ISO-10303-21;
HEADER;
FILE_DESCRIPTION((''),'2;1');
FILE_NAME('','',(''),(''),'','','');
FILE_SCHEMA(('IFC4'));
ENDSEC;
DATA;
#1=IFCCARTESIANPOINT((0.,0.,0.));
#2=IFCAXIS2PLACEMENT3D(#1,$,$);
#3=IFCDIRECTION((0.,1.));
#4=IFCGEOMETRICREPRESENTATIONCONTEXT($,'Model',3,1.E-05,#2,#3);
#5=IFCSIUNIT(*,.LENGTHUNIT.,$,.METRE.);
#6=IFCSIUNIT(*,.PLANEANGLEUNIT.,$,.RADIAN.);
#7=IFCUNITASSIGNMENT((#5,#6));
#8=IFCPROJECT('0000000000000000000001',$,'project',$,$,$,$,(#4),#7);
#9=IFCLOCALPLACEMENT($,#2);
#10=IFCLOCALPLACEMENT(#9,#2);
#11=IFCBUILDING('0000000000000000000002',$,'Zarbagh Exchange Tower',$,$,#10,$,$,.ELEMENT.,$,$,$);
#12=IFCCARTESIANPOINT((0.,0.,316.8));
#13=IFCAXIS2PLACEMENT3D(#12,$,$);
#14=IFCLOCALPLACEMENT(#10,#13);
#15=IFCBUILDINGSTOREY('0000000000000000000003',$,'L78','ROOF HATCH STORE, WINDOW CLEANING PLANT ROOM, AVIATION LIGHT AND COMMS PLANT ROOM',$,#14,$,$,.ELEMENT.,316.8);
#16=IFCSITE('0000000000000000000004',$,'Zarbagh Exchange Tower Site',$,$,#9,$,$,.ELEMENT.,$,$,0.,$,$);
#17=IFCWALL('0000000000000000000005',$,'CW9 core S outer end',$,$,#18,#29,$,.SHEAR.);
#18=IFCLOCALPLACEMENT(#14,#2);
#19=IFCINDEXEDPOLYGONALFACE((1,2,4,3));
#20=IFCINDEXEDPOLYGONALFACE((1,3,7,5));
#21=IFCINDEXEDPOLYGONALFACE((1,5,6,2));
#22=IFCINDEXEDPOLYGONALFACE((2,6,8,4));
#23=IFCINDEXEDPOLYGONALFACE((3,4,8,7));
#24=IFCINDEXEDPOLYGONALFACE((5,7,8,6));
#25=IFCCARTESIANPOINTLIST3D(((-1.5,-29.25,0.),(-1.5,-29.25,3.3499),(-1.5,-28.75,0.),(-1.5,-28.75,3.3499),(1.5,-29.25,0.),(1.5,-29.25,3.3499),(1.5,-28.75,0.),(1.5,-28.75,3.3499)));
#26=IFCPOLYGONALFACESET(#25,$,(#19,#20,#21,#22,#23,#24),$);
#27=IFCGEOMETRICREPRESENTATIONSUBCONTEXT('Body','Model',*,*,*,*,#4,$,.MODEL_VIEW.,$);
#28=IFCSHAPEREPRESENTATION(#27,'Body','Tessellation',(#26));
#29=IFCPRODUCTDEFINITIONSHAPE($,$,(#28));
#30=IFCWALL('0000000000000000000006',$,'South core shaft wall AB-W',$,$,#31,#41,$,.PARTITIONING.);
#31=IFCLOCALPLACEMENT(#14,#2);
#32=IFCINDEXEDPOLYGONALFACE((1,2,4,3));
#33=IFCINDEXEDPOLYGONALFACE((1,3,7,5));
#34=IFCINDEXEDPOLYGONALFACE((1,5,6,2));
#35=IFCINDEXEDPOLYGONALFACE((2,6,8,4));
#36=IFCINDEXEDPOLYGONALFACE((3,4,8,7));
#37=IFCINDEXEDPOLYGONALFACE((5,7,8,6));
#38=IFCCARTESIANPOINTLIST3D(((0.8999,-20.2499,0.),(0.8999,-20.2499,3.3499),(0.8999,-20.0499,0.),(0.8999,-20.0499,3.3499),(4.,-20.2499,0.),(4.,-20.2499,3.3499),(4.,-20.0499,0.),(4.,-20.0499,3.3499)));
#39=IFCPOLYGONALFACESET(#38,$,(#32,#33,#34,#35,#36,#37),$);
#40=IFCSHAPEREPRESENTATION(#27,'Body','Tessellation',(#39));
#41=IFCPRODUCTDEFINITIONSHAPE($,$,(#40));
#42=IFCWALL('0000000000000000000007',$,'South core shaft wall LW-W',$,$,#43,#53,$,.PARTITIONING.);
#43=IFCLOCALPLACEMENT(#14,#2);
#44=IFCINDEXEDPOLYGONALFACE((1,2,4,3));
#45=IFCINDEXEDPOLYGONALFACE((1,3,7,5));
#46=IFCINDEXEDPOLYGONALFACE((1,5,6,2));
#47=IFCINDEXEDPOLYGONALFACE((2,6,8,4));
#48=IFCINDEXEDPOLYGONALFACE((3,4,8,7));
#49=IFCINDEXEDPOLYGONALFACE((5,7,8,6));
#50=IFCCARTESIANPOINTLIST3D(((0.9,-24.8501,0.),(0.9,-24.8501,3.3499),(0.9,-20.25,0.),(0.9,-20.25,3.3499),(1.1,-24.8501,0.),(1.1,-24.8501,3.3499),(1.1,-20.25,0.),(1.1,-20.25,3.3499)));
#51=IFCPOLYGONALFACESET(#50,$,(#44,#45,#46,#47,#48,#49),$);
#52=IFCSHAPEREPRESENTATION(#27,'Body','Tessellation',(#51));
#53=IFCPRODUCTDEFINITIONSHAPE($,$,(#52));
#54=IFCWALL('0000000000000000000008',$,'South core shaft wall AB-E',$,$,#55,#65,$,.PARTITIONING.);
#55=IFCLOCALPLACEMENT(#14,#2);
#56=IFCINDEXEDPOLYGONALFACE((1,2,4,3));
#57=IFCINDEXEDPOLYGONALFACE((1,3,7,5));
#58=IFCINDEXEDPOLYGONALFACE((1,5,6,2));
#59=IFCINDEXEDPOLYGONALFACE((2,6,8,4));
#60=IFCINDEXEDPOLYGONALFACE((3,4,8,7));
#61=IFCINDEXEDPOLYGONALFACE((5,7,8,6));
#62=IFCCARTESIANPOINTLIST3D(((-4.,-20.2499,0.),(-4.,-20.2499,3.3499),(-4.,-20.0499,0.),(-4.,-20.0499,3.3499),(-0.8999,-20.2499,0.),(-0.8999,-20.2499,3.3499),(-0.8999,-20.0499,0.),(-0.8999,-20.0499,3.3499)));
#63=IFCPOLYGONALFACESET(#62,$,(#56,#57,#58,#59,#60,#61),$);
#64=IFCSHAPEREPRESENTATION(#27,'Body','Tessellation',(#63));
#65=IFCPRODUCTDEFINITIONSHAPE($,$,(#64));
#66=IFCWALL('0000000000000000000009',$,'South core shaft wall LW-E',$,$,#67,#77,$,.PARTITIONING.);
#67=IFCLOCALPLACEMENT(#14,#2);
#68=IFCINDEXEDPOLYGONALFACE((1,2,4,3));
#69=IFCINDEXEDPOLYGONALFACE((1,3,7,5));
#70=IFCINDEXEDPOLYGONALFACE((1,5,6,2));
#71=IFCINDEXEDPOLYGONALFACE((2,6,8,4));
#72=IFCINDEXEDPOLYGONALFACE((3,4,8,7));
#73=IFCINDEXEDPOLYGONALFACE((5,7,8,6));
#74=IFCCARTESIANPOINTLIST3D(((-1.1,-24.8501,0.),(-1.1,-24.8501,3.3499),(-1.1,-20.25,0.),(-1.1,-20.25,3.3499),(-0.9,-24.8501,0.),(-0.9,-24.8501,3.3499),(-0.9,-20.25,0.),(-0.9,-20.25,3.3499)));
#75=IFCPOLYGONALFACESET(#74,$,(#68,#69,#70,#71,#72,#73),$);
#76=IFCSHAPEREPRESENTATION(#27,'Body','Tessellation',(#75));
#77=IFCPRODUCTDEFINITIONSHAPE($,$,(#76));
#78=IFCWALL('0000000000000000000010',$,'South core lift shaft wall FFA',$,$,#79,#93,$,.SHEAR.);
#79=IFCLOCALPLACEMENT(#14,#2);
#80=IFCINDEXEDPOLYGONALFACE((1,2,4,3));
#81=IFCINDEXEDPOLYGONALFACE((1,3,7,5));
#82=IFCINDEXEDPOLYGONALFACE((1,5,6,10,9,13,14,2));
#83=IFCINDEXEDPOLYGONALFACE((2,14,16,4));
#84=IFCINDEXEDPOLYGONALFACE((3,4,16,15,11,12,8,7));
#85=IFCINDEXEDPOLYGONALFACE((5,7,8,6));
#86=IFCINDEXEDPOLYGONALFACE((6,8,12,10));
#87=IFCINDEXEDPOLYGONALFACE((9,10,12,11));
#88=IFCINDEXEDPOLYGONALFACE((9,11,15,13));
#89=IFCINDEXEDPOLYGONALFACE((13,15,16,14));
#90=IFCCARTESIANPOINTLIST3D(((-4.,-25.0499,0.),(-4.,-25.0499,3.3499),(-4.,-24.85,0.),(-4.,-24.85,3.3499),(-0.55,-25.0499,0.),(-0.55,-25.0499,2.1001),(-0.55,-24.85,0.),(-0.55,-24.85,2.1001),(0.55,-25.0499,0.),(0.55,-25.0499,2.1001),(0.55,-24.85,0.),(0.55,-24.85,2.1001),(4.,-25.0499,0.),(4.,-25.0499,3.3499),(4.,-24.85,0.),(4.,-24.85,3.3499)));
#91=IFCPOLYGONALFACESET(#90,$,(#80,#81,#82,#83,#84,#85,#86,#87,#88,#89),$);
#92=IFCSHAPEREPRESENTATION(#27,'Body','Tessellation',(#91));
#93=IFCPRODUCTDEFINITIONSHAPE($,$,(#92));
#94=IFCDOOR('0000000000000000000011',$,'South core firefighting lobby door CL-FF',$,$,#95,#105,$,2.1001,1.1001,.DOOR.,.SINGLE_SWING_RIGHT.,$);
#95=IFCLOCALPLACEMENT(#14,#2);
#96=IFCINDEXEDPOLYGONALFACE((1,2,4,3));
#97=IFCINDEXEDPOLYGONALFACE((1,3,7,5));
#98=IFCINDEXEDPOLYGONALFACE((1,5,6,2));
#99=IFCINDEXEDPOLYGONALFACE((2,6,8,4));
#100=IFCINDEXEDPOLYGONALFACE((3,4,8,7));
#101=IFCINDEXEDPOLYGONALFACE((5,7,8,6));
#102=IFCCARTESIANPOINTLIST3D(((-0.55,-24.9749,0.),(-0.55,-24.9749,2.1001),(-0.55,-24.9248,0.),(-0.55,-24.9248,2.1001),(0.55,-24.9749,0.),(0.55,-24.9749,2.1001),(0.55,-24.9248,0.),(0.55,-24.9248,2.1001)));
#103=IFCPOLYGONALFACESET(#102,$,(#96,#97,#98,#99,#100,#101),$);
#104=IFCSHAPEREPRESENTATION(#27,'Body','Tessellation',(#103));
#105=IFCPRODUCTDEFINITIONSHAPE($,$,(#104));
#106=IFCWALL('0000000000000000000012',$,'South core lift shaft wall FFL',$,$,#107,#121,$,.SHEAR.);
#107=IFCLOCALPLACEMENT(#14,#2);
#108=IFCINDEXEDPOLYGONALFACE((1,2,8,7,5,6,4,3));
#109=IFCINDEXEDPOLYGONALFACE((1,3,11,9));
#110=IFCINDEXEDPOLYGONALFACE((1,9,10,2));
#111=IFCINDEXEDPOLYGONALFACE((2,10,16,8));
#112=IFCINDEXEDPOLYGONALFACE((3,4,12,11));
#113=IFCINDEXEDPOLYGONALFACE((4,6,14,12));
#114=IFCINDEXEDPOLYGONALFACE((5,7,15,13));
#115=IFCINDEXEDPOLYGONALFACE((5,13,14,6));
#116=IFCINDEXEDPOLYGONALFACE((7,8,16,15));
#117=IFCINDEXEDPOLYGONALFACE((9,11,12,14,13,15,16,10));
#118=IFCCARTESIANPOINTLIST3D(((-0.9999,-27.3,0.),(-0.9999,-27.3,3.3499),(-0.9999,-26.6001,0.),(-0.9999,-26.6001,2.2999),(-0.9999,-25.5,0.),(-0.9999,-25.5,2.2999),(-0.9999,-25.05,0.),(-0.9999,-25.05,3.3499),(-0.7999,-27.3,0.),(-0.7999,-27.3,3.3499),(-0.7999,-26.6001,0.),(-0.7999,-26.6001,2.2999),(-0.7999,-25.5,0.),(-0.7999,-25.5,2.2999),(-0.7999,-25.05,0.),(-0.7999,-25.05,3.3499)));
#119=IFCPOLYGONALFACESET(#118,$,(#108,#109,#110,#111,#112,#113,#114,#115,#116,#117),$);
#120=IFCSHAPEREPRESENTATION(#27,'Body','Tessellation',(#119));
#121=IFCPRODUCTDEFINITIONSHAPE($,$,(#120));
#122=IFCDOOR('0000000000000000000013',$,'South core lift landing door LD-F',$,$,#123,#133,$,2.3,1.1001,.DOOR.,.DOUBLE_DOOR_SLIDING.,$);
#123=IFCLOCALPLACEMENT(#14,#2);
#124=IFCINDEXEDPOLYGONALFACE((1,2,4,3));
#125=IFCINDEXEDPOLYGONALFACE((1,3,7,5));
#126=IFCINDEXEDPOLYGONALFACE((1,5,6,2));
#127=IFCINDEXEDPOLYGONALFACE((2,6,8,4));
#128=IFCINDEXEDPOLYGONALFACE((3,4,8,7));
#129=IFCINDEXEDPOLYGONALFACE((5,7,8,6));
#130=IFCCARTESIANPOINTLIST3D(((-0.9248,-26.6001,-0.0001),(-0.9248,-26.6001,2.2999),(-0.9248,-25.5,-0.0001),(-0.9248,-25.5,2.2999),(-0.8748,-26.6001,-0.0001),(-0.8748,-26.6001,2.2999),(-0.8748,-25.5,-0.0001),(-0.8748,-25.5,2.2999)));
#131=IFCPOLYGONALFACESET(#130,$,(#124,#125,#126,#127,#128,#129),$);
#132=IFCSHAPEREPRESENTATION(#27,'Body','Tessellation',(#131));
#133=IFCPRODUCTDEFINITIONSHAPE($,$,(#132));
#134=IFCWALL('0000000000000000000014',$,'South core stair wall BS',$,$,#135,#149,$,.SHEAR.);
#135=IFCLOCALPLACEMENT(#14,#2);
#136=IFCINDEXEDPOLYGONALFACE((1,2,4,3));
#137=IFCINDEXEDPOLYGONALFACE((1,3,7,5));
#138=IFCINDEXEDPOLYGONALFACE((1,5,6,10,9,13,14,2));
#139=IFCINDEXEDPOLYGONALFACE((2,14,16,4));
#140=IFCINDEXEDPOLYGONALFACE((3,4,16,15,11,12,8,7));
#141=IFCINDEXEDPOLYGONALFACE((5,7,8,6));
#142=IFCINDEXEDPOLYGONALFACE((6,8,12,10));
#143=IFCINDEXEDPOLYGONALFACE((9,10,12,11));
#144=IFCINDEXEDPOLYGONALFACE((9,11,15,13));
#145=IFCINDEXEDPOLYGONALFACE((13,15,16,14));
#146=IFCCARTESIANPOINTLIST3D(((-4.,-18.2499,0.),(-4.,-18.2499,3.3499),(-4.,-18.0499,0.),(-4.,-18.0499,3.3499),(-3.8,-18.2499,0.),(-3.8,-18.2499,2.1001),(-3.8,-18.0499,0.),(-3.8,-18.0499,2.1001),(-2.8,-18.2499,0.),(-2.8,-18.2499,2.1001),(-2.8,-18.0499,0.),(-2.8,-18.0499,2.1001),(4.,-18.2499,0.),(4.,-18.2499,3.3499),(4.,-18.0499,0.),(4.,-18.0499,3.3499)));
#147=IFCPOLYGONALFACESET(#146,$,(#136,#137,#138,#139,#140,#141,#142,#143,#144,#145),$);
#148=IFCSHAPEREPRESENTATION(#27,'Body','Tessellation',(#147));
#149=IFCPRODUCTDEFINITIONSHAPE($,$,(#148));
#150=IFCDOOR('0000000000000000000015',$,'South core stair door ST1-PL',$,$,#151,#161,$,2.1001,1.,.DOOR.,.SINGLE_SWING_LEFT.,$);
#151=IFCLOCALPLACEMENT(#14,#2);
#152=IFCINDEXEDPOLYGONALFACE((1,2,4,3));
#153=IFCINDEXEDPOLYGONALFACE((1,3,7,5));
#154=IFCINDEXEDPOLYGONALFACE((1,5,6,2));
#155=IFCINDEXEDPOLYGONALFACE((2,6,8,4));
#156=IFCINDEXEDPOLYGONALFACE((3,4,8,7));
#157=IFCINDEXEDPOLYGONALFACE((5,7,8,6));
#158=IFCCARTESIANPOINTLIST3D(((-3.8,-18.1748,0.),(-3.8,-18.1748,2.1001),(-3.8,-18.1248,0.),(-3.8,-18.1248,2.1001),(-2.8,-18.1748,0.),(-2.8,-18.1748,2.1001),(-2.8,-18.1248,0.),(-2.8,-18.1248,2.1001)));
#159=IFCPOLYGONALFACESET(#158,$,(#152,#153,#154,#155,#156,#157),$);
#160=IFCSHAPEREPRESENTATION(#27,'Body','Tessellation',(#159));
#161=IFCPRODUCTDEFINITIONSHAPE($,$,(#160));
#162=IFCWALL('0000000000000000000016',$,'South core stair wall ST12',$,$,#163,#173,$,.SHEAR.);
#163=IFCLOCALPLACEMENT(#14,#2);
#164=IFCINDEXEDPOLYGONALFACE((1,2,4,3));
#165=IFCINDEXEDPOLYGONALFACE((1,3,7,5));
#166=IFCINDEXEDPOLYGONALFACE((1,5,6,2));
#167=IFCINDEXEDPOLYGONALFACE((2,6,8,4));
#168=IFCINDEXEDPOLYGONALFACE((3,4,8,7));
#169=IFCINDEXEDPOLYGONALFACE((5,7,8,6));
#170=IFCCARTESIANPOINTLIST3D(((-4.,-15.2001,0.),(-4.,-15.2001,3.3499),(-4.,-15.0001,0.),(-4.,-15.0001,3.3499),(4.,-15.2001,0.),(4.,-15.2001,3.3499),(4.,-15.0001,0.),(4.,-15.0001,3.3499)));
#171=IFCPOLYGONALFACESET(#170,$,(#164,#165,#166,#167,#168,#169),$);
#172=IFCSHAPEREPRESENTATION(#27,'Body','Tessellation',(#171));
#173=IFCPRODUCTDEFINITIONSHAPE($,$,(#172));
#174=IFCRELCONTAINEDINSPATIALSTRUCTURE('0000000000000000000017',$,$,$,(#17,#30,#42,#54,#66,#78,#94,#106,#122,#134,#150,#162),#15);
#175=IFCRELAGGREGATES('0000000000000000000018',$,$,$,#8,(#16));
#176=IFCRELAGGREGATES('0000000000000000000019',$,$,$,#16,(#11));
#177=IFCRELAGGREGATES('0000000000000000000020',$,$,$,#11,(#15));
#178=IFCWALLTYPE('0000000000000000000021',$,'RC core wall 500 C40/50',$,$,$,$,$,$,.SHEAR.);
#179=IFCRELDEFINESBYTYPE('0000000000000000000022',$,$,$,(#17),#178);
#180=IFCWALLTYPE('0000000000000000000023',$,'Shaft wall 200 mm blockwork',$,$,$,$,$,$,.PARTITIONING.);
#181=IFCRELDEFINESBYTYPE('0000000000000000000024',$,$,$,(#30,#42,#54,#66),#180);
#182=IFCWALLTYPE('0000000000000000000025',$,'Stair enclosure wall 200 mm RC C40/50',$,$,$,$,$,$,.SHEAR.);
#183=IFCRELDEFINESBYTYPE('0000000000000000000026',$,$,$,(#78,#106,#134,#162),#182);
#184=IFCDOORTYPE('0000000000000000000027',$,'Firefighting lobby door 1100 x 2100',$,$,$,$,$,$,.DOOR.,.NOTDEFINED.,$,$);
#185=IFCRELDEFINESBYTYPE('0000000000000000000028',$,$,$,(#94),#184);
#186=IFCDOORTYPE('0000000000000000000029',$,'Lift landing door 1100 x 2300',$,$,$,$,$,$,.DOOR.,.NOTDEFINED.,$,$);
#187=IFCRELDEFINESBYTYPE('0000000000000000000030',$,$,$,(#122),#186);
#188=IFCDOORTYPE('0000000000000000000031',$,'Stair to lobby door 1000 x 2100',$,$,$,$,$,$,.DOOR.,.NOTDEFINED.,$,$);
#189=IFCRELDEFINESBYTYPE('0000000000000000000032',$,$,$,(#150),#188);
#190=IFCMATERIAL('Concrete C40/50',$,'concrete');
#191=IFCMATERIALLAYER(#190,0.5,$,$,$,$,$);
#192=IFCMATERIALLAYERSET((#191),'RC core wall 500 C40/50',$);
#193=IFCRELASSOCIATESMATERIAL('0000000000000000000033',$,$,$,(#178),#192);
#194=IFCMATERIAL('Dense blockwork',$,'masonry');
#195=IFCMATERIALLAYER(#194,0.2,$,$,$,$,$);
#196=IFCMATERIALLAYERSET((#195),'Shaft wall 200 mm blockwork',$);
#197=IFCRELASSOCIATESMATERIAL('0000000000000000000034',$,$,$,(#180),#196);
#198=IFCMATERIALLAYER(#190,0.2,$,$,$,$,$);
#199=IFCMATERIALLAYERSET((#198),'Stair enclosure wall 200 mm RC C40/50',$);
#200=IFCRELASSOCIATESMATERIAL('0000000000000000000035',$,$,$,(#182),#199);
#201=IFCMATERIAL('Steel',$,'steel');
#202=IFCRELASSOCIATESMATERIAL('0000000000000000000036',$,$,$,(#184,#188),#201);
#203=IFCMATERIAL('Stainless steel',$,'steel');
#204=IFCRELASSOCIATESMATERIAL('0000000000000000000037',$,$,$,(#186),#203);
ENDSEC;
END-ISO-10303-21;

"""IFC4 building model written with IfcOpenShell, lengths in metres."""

from ifc_helpers import new_model, si_unit, direction, frame, frame_2d, origin, place, context, subcontext, project, spatial, rectangle, extrude, material, layer, layer_set, type_object, element, fill, save


model = new_model("IFC4")

# Units and contexts
model_context = context("Model", 3, precision=1e-05, world=origin(), true_north=direction((0.0, 1.0)))
body_context = subcontext(model_context, "Body", "Model", "MODEL_VIEW")
ifc_project = project(units=[si_unit("LENGTHUNIT", "METRE"), si_unit("PLANEANGLEUNIT", "RADIAN")], contexts=[model_context])

# Site, building, storey
site_placement = place(None, origin())
site = spatial("IfcSite", under=ifc_project, at=site_placement, Name="Zarbagh Exchange Tower Site", CompositionType="ELEMENT", RefElevation=0.0)
building_placement = place(site_placement, origin())
building = spatial("IfcBuilding", under=site, at=building_placement, Name="Zarbagh Exchange Tower", CompositionType="ELEMENT")
storey_placement = place(building_placement, frame((0.0, 0.0, 316.8)))
storey = spatial("IfcBuildingStorey", under=building, at=storey_placement, Name="L78", Description="ROOF HATCH STORE, WINDOW CLEANING PLANT ROOM, AVIATION LIGHT AND COMMS PLANT ROOM", CompositionType="ELEMENT", Elevation=316.8)

# Walls
ifc_material_1 = material(Name="Concrete C40/50", Category="concrete")
ifc_layer_1 = layer(ifc_material_1, 0.5)
ifc_layer_set_1 = layer_set([ifc_layer_1], Name="RC core wall 500 C40/50")
wall_type_1 = type_object("IfcWallType", Name="RC core wall 500 C40/50", PredefinedType="SHEAR", material=ifc_layer_set_1)
wall_1_placement = place(storey_placement, frame((-1.5, -29.0, 0.0), z_axis=(0.0, 0.0, 1.0), x_axis=(1.0, 0.0, 0.0)))
element("IfcWall", 1, at=wall_1_placement, inside=storey, type_object=wall_type_1, Name="CW9 core S outer end", PredefinedType="SHEAR", context=body_context, shape_type="SweptSolid", body=[
    extrude(rectangle(XDim=3.0, YDim=0.5, at=frame_2d((1.5, 0.0))), origin(), (0.0, 0.0, 1.0), 3.3499),
])
ifc_material_2 = material(Name="Dense blockwork", Category="masonry")
ifc_layer_2 = layer(ifc_material_2, 0.2)
ifc_layer_set_2 = layer_set([ifc_layer_2], Name="Shaft wall 200 mm blockwork")
wall_type_2 = type_object("IfcWallType", Name="Shaft wall 200 mm blockwork", PredefinedType="PARTITIONING", material=ifc_layer_set_2)
wall_2_placement = place(storey_placement, frame((4.0, -20.1499, 0.0), z_axis=(0.0, 0.0, 1.0), x_axis=(-1.0, 0.0, 0.0)))
element("IfcWall", 2, at=wall_2_placement, inside=storey, type_object=wall_type_2, Name="South core shaft wall AB-W", PredefinedType="PARTITIONING", context=body_context, shape_type="SweptSolid", body=[
    extrude(rectangle(XDim=3.1001, YDim=0.2, at=frame_2d((1.55, 0.0))), origin(), (0.0, 0.0, 1.0), 3.3499),
])
wall_3_placement = place(storey_placement, frame((1.0, -24.8501, 0.0), z_axis=(0.0, 0.0, 1.0), x_axis=(0.0, 1.0, 0.0)))
element("IfcWall", 3, at=wall_3_placement, inside=storey, type_object=wall_type_2, Name="South core shaft wall LW-W", PredefinedType="PARTITIONING", context=body_context, shape_type="SweptSolid", body=[
    extrude(rectangle(XDim=4.6001, YDim=0.2, at=frame_2d((2.3, 0.0))), origin(), (0.0, 0.0, 1.0), 3.3499),
])
wall_4_placement = place(storey_placement, frame((-0.8999, -20.1499, 0.0), z_axis=(0.0, 0.0, 1.0), x_axis=(-1.0, 0.0, 0.0)))
element("IfcWall", 4, at=wall_4_placement, inside=storey, type_object=wall_type_2, Name="South core shaft wall AB-E", PredefinedType="PARTITIONING", context=body_context, shape_type="SweptSolid", body=[
    extrude(rectangle(XDim=3.1001, YDim=0.2, at=frame_2d((1.55, 0.0))), origin(), (0.0, 0.0, 1.0), 3.3499),
])
wall_5_placement = place(storey_placement, frame((-1.0, -24.8501, 0.0), z_axis=(0.0, 0.0, 1.0), x_axis=(0.0, 1.0, 0.0)))
element("IfcWall", 5, at=wall_5_placement, inside=storey, type_object=wall_type_2, Name="South core shaft wall LW-E", PredefinedType="PARTITIONING", context=body_context, shape_type="SweptSolid", body=[
    extrude(rectangle(XDim=4.6001, YDim=0.2, at=frame_2d((2.3, 0.0))), origin(), (0.0, 0.0, 1.0), 3.3499),
])

# Walls, openings, doors
ifc_layer_3 = layer(ifc_material_1, 0.2)
ifc_layer_set_3 = layer_set([ifc_layer_3], Name="Stair enclosure wall 200 mm RC C40/50")
wall_type_3 = type_object("IfcWallType", Name="Stair enclosure wall 200 mm RC C40/50", PredefinedType="SHEAR", material=ifc_layer_set_3)
wall_6_placement = place(storey_placement, frame((4.0, -24.95, 0.0), z_axis=(0.0, 0.0, 1.0), x_axis=(-1.0, 0.0, 0.0)))
wall_6 = element("IfcWall", 6, at=wall_6_placement, inside=storey, type_object=wall_type_3, Name="South core lift shaft wall FFA", PredefinedType="SHEAR", context=body_context, shape_type="SweptSolid", body=[
    extrude(rectangle(XDim=8.0, YDim=0.2, at=frame_2d((4.0, 0.0))), origin(), (0.0, 0.0, 1.0), 3.3499),
])
opening_1_placement = place(wall_6_placement, frame((3.45, 0.0, 0.0)))
opening_1 = element("IfcOpeningElement", 7, at=opening_1_placement, cuts=wall_6, PredefinedType="OPENING", context=body_context, shape_type="SweptSolid", body=[
    extrude(rectangle(XDim=1.1001, YDim=2.1001, at=frame_2d((0.55, 1.05))), frame((0.0, 0.1099, 0.0), z_axis=(0.0, -1.0, 0.0), x_axis=(1.0, 0.0, 0.0)), (0.0, 0.0, 1.0), 0.22),
])
ifc_material_3 = material(Name="Steel", Category="steel")
door_type_1 = type_object("IfcDoorType", Name="Firefighting lobby door 1100 x 2100", OperationType="NOTDEFINED", PredefinedType="DOOR", material=ifc_material_3)
door_1_placement = place(opening_1_placement, origin())
door_1 = element("IfcDoor", 8, at=door_1_placement, inside=storey, type_object=door_type_1, Name="South core firefighting lobby door CL-FF", OperationType="SINGLE_SWING_RIGHT", OverallHeight=2.1001, OverallWidth=1.1001, PredefinedType="DOOR", context=body_context, shape_type="SweptSolid", body=[
    extrude(rectangle(XDim=1.1001, YDim=2.1001, at=frame_2d((0.55, 1.05))), frame((0.0, 0.0249, 0.0), z_axis=(0.0, -1.0, 0.0), x_axis=(1.0, 0.0, 0.0)), (0.0, 0.0, 1.0), 0.05),
])
fill(opening_1, door_1)
wall_7_placement = place(storey_placement, frame((-0.8999, -27.3, 0.0), z_axis=(0.0, 0.0, 1.0), x_axis=(0.0, 1.0, 0.0)))
wall_7 = element("IfcWall", 9, at=wall_7_placement, inside=storey, type_object=wall_type_3, Name="South core lift shaft wall FFL", PredefinedType="SHEAR", context=body_context, shape_type="SweptSolid", body=[
    extrude(rectangle(XDim=2.25, YDim=0.2, at=frame_2d((1.125, 0.0))), origin(), (0.0, 0.0, 1.0), 3.3499),
])
opening_2_placement = place(wall_7_placement, frame((0.7, 0.0, 0.0)))
opening_2 = element("IfcOpeningElement", 10, at=opening_2_placement, cuts=wall_7, PredefinedType="OPENING", context=body_context, shape_type="SweptSolid", body=[
    extrude(rectangle(XDim=1.1001, YDim=2.3, at=frame_2d((0.55, 1.1499))), frame((0.0, 0.1099, 0.0), z_axis=(0.0, -1.0, 0.0), x_axis=(1.0, 0.0, 0.0)), (0.0, 0.0, 1.0), 0.22),
])
ifc_material_4 = material(Name="Stainless steel", Category="steel")
door_type_2 = type_object("IfcDoorType", Name="Lift landing door 1100 x 2300", OperationType="NOTDEFINED", PredefinedType="DOOR", material=ifc_material_4)
door_2_placement = place(opening_2_placement, origin())
door_2 = element("IfcDoor", 11, at=door_2_placement, inside=storey, type_object=door_type_2, Name="South core lift landing door LD-F", OperationType="DOUBLE_DOOR_SLIDING", OverallHeight=2.3, OverallWidth=1.1001, PredefinedType="DOOR", context=body_context, shape_type="SweptSolid", body=[
    extrude(rectangle(XDim=1.1001, YDim=2.3, at=frame_2d((0.55, 1.1499))), frame((0.0, 0.0249, 0.0), z_axis=(0.0, -1.0, 0.0), x_axis=(1.0, 0.0, 0.0)), (0.0, 0.0, 1.0), 0.05),
])
fill(opening_2, door_2)
wall_8_placement = place(storey_placement, frame((4.0, -18.1499, 0.0), z_axis=(0.0, 0.0, 1.0), x_axis=(-1.0, 0.0, 0.0)))
wall_8 = element("IfcWall", 12, at=wall_8_placement, inside=storey, type_object=wall_type_3, Name="South core stair wall BS", PredefinedType="SHEAR", context=body_context, shape_type="SweptSolid", body=[
    extrude(rectangle(XDim=8.0, YDim=0.2, at=frame_2d((4.0, 0.0))), origin(), (0.0, 0.0, 1.0), 3.3499),
])
opening_3_placement = place(wall_8_placement, frame((6.8, 0.0, 0.0)))
opening_3 = element("IfcOpeningElement", 13, at=opening_3_placement, cuts=wall_8, PredefinedType="OPENING", context=body_context, shape_type="SweptSolid", body=[
    extrude(rectangle(XDim=1.0, YDim=2.1001, at=frame_2d((0.5, 1.05))), frame((0.0, 0.1099, 0.0), z_axis=(0.0, -1.0, 0.0), x_axis=(1.0, 0.0, 0.0)), (0.0, 0.0, 1.0), 0.22),
])
door_type_3 = type_object("IfcDoorType", Name="Stair to lobby door 1000 x 2100", OperationType="NOTDEFINED", PredefinedType="DOOR", material=ifc_material_3)
door_3_placement = place(opening_3_placement, origin())
door_3 = element("IfcDoor", 14, at=door_3_placement, inside=storey, type_object=door_type_3, Name="South core stair door ST1-PL", OperationType="SINGLE_SWING_LEFT", OverallHeight=2.1001, OverallWidth=1.0, PredefinedType="DOOR", context=body_context, shape_type="SweptSolid", body=[
    extrude(rectangle(XDim=1.0, YDim=2.1001, at=frame_2d((0.5, 1.05))), frame((0.0, 0.0249, 0.0), z_axis=(0.0, -1.0, 0.0), x_axis=(1.0, 0.0, 0.0)), (0.0, 0.0, 1.0), 0.05),
])
fill(opening_3, door_3)

# Wall
wall_9_placement = place(storey_placement, frame((4.0, -15.1001, 0.0), z_axis=(0.0, 0.0, 1.0), x_axis=(-1.0, 0.0, 0.0)))
element("IfcWall", 15, at=wall_9_placement, inside=storey, type_object=wall_type_3, Name="South core stair wall ST12", PredefinedType="SHEAR", context=body_context, shape_type="SweptSolid", body=[
    extrude(rectangle(XDim=8.0, YDim=0.2, at=frame_2d((4.0, 0.0))), origin(), (0.0, 0.0, 1.0), 3.3499),
])

save(model, "model.ifc")
